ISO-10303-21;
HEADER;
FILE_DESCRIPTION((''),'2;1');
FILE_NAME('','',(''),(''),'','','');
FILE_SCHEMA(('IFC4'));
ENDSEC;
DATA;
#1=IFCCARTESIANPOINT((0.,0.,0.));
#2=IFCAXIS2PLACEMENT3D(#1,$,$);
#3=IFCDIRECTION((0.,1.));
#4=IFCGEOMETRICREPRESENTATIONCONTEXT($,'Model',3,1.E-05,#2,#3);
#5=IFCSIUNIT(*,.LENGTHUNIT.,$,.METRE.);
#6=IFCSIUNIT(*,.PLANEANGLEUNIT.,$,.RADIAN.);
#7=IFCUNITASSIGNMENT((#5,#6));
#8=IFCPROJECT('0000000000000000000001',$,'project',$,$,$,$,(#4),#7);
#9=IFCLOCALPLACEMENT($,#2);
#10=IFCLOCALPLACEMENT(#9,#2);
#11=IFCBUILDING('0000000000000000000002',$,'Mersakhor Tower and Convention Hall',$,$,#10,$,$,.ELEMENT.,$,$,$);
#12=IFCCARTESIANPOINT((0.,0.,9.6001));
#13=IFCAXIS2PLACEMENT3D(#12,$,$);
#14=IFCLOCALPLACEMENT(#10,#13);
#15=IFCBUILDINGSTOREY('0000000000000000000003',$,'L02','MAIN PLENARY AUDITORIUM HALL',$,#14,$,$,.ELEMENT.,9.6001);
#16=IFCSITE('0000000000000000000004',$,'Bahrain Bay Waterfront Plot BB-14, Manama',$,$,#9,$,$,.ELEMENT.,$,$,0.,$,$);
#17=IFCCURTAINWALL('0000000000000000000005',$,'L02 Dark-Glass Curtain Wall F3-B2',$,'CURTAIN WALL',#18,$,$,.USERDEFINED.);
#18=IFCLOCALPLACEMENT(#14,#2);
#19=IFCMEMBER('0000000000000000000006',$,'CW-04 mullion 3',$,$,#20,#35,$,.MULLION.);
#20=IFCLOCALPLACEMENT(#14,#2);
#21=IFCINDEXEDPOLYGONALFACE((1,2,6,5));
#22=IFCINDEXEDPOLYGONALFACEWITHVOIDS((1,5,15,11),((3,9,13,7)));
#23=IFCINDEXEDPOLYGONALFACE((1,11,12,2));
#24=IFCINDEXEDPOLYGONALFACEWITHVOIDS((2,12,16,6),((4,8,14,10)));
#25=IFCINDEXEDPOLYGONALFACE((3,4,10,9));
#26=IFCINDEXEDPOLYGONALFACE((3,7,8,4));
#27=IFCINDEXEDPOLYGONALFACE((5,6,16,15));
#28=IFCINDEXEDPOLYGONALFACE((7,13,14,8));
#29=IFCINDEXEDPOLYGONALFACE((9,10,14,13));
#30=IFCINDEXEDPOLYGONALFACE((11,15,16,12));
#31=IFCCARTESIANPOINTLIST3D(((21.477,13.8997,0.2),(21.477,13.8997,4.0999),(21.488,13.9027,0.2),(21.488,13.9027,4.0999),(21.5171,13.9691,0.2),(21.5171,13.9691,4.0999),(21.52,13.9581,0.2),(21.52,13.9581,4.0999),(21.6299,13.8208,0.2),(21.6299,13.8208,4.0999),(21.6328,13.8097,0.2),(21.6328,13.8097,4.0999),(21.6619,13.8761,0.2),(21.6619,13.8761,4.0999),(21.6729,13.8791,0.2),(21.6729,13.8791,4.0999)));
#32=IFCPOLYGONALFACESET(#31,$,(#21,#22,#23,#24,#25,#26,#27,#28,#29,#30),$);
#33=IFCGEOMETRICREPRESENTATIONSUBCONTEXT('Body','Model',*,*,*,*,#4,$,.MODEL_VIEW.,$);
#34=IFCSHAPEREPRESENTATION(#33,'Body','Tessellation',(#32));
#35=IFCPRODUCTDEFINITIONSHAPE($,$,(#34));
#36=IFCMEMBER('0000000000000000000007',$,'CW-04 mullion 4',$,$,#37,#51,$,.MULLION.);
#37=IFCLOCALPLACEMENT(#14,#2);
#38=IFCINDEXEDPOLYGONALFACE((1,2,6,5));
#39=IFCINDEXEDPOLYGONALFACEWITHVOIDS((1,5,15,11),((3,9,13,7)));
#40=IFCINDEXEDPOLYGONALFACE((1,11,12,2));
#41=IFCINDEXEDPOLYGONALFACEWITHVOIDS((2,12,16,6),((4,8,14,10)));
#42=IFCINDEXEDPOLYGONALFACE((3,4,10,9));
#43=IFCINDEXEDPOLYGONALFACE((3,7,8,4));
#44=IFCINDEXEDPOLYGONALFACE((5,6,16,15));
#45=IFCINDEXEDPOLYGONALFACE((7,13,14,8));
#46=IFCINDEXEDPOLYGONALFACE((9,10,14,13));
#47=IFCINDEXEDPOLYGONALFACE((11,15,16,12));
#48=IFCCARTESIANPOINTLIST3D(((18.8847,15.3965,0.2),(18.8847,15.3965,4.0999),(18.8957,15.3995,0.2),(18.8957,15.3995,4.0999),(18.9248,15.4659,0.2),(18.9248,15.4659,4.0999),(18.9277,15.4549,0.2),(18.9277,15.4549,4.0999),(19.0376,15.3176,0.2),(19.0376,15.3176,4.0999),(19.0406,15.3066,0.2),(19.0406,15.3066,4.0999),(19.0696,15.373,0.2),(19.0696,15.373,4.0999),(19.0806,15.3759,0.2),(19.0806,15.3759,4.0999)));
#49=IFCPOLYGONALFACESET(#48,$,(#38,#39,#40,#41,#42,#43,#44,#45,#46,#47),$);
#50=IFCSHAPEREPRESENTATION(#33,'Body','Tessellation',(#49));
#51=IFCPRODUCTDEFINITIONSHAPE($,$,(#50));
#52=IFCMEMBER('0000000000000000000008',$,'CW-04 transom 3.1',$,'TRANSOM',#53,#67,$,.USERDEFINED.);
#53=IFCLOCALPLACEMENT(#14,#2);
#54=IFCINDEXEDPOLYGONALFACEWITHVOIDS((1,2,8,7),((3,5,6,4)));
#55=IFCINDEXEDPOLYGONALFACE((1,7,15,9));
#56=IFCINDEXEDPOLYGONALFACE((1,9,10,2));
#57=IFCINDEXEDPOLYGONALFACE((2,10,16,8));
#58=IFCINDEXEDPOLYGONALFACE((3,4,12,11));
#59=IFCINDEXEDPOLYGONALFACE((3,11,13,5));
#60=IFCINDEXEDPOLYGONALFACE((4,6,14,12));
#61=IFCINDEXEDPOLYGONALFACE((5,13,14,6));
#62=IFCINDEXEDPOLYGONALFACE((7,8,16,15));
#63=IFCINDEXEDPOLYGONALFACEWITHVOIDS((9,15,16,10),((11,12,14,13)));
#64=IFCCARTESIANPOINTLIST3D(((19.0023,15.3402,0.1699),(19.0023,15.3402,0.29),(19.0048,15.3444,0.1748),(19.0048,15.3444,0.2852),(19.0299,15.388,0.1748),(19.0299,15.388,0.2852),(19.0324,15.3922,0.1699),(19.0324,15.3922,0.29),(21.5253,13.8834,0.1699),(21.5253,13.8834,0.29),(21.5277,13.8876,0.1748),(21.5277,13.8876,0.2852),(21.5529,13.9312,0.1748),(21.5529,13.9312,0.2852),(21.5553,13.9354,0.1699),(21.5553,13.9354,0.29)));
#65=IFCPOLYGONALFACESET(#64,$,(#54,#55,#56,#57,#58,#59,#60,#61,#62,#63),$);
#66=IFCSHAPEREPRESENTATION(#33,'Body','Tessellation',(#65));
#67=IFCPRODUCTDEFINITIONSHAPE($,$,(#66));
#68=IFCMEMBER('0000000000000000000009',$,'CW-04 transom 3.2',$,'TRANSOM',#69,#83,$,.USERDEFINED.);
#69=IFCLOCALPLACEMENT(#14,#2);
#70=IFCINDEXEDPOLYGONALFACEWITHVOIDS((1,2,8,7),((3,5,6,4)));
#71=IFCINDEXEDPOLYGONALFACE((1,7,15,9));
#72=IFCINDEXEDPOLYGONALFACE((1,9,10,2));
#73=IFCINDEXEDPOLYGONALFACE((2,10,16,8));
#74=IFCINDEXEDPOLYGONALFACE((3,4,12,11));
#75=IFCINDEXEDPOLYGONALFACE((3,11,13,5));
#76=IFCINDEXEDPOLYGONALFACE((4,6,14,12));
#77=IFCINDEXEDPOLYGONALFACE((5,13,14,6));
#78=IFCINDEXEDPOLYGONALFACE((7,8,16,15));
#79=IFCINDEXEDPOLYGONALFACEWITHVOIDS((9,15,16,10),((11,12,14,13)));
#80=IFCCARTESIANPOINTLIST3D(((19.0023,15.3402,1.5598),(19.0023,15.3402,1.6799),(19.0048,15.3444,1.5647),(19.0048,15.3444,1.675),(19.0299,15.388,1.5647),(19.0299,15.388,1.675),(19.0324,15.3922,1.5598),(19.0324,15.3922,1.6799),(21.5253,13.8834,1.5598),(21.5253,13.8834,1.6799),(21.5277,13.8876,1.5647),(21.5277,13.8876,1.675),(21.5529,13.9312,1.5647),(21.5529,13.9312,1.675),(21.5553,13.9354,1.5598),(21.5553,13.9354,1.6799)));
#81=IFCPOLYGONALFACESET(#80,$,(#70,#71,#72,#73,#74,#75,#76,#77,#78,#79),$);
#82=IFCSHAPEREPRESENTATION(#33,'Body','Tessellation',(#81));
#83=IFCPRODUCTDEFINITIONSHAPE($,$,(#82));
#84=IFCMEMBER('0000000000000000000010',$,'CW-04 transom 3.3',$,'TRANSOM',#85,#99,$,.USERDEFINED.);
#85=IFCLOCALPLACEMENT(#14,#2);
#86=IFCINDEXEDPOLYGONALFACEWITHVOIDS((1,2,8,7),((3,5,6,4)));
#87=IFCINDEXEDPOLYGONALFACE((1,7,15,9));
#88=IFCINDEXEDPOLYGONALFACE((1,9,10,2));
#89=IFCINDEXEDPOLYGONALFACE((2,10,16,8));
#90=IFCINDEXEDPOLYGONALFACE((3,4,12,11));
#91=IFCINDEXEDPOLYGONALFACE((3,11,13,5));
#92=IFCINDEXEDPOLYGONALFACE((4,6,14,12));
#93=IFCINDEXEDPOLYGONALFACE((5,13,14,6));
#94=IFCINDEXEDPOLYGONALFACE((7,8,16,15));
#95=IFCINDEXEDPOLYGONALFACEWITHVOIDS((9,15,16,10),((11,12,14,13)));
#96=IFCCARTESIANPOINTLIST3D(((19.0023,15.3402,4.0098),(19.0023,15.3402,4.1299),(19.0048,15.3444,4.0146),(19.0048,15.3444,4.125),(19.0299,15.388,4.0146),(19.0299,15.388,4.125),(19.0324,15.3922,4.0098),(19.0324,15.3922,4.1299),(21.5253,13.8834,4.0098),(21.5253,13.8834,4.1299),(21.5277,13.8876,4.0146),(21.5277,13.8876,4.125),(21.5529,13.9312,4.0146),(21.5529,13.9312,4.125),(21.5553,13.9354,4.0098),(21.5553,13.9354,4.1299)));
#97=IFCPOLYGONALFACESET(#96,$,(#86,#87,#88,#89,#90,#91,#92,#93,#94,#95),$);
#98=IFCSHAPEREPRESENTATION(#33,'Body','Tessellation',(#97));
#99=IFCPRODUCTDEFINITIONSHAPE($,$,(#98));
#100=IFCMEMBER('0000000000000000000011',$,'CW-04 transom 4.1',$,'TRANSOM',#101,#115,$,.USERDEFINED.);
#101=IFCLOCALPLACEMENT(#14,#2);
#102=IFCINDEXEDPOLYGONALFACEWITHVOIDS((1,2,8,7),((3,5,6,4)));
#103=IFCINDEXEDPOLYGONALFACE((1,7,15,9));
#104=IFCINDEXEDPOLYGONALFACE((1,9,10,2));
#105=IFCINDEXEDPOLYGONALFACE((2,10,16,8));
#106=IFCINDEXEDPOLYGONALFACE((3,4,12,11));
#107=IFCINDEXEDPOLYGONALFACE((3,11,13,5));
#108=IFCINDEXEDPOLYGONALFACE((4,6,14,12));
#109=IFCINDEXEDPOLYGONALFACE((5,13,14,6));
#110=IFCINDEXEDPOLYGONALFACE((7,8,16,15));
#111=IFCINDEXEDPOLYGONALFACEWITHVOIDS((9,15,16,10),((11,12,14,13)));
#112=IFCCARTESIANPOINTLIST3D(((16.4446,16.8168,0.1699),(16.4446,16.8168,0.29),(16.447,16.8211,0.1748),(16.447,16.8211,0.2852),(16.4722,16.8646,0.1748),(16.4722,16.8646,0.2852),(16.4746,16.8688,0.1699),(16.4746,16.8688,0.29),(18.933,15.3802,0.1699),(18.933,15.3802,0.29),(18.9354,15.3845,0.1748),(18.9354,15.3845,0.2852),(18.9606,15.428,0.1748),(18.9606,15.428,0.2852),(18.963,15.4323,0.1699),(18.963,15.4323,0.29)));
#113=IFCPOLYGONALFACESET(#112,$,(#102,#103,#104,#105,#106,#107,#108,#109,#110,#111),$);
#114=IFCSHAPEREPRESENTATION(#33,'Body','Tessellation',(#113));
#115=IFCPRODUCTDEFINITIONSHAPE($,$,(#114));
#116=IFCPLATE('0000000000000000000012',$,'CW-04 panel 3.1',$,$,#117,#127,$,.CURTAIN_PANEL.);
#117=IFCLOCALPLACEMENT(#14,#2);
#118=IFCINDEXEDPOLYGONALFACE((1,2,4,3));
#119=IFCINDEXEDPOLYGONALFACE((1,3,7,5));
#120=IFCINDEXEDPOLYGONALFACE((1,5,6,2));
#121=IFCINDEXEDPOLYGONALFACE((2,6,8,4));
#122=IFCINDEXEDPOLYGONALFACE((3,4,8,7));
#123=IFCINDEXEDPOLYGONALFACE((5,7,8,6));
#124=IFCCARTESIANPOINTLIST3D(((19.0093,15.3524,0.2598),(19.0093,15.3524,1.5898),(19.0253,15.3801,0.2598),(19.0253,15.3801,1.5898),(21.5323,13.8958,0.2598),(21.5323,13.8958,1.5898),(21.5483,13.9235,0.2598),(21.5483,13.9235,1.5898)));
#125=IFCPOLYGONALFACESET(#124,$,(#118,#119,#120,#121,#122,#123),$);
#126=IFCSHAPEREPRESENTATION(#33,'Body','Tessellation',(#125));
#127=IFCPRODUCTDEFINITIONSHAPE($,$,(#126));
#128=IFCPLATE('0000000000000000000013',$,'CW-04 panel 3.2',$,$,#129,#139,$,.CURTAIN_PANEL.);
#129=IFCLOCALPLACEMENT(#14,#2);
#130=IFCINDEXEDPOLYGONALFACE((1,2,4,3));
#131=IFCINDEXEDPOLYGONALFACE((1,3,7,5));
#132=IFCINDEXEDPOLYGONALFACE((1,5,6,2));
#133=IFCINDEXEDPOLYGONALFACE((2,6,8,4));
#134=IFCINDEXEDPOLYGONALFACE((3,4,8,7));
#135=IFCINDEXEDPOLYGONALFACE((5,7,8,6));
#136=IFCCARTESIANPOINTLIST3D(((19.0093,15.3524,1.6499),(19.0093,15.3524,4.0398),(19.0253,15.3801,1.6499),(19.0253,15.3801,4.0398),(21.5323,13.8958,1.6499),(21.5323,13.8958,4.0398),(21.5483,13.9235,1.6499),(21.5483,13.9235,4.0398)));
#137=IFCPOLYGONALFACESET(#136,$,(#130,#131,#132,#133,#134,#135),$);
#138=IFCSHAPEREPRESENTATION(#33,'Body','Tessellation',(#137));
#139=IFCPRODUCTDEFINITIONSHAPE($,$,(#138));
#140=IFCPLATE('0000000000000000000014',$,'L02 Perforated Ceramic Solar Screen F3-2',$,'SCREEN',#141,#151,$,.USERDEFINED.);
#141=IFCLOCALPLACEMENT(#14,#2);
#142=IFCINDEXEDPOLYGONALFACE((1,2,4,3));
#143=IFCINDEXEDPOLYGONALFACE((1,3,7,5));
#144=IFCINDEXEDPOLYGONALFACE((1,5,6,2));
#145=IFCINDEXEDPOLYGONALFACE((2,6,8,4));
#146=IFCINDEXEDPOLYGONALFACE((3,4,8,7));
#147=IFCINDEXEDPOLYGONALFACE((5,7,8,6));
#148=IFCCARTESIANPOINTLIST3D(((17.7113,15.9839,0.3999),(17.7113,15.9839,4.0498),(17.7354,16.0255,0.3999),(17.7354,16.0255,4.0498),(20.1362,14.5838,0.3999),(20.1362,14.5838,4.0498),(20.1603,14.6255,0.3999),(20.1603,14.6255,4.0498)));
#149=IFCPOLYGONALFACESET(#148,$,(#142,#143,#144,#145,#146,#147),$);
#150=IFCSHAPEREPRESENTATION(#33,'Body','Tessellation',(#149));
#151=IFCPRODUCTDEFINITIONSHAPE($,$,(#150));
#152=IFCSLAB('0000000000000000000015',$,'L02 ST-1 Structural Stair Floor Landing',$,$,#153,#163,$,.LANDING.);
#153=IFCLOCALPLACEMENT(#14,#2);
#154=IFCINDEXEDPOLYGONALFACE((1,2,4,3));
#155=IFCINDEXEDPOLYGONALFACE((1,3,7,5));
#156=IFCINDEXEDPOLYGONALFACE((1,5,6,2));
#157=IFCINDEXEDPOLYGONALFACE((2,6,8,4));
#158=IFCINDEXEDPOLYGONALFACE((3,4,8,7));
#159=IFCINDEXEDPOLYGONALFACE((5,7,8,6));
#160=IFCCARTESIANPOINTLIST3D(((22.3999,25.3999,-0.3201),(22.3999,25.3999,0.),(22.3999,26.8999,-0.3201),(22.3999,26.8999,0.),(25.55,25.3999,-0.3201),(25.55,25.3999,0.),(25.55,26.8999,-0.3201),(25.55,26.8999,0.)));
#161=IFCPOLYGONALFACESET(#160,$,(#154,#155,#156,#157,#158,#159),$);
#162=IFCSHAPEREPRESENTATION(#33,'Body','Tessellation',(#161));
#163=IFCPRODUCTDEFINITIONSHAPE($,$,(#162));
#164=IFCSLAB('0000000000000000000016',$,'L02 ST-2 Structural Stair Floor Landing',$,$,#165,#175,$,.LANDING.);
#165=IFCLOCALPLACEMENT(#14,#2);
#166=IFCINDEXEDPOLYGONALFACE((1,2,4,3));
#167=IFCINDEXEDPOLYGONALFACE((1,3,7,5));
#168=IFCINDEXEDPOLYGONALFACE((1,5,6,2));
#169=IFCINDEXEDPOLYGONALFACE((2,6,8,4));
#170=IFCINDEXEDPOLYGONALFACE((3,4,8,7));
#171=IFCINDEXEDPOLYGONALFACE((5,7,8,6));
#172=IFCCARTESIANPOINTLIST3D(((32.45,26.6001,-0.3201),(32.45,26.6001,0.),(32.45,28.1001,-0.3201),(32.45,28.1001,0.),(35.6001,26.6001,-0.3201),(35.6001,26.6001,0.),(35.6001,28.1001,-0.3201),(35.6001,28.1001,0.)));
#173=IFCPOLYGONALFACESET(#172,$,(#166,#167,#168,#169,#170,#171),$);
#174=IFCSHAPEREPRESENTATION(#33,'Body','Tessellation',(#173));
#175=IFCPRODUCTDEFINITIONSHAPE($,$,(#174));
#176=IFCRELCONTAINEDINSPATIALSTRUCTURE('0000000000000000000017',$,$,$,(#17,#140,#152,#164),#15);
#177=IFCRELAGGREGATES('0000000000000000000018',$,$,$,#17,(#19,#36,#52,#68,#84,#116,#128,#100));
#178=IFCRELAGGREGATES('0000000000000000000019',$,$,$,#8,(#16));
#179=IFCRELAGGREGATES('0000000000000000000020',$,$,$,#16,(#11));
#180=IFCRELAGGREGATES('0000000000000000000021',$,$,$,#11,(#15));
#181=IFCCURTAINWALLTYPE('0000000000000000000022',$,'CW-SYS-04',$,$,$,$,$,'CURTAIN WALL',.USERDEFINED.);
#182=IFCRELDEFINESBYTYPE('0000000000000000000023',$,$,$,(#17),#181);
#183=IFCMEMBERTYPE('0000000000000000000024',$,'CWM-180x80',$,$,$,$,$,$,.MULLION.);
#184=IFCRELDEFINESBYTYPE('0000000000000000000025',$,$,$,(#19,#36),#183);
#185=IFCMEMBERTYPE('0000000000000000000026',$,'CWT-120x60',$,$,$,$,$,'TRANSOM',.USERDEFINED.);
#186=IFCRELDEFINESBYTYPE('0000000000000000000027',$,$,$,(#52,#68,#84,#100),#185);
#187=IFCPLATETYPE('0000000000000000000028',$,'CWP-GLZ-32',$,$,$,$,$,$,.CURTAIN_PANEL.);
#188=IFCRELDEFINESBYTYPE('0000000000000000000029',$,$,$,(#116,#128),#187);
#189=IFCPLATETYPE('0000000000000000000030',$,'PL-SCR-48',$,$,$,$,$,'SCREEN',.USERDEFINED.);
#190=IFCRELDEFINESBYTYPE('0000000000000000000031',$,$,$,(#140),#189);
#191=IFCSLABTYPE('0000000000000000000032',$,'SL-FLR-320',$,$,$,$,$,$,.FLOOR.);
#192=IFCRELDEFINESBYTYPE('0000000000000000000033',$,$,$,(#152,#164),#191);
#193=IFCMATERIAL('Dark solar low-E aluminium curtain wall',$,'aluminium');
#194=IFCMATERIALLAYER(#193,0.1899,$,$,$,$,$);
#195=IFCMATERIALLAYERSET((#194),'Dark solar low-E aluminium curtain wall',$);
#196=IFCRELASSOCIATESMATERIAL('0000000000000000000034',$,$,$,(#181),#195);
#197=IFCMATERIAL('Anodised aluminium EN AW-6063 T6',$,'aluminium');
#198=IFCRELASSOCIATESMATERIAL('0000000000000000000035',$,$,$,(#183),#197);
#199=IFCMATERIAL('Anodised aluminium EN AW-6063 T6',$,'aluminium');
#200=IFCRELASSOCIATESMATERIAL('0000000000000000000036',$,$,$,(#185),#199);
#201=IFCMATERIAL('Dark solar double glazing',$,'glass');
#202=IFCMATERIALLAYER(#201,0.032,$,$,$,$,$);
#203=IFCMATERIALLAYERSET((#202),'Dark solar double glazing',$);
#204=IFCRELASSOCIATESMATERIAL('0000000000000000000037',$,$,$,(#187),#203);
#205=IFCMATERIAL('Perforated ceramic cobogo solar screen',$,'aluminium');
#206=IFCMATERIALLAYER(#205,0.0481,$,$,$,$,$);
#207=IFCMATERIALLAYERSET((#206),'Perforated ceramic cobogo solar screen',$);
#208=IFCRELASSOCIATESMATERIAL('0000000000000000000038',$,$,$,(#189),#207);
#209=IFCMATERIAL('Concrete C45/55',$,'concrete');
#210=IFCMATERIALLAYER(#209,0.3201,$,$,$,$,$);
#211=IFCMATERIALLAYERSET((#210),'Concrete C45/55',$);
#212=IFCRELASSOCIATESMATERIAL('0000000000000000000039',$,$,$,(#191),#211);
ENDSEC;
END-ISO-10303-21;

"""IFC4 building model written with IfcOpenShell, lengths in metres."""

from ifc_helpers import new_model, si_unit, direction, frame, origin, origin_2d, place, context, subcontext, project, spatial, polyline, rectangle, hollow_rectangle, outline, extrude, material, layer, layer_set, material_profile, profile_set, type_object, element, aggregate, save


model = new_model("IFC4")

# Units and contexts
model_context = context("Model", 3, precision=1e-05, world=origin(), true_north=direction((0.0, 1.0)))
body_context = subcontext(model_context, "Body", "Model", "MODEL_VIEW")
ifc_project = project(units=[si_unit("LENGTHUNIT", "METRE"), si_unit("PLANEANGLEUNIT", "RADIAN")], contexts=[model_context])

# Site, building, storey
site_placement = place(None, origin())
site = spatial("IfcSite", under=ifc_project, at=site_placement, Name="Bahrain Bay Waterfront Plot BB-14, Manama", CompositionType="ELEMENT", RefElevation=0.0)
building_placement = place(site_placement, origin())
building = spatial("IfcBuilding", under=site, at=building_placement, Name="Mersakhor Tower and Convention Hall", CompositionType="ELEMENT")
storey_placement = place(building_placement, frame((0.0, 0.0, 9.6001)))
storey = spatial("IfcBuildingStorey", under=building, at=storey_placement, Name="L02", Description="MAIN PLENARY AUDITORIUM HALL", CompositionType="ELEMENT", Elevation=9.6001)

# Curtain wall, members, plates
ifc_material_1 = material(Name="Dark solar low-E aluminium curtain wall", Category="aluminium")
ifc_layer_1 = layer(ifc_material_1, 0.1899)
ifc_layer_set_1 = layer_set([ifc_layer_1], Name="Dark solar low-E aluminium curtain wall")
curtain_wall_type = type_object("IfcCurtainWallType", Name="CW-SYS-04", ElementType="CURTAIN WALL", PredefinedType="USERDEFINED", material=ifc_layer_set_1)
curtain_wall_placement = place(storey_placement, origin())
curtain_wall = element("IfcCurtainWall", 1, at=curtain_wall_placement, inside=storey, type_object=curtain_wall_type, Name="L02 Dark-Glass Curtain Wall F3-B2", ObjectType="CURTAIN WALL", PredefinedType="USERDEFINED")
ifc_material_2 = material(Name="Anodised aluminium EN AW-6063 T6", Category="aluminium")
ifc_material_profile_1 = material_profile(ifc_material_2, hollow_rectangle(XDim=0.0801, YDim=0.1799, WallThickness=0.0081, at=origin_2d()), Name="RHS 180x80x8")
ifc_profile_set_1 = profile_set([ifc_material_profile_1], Name="Anodised aluminium EN AW-6063 T6")
member_type_1 = type_object("IfcMemberType", Name="CWM-180x80", PredefinedType="MULLION", material=ifc_profile_set_1)
member_1_placement = place(storey_placement, frame((21.575, 13.8894, 0.2), z_axis=(0.0, 0.0, 1.0), x_axis=(-0.500003, -0.866023, 0.0)))
member_1 = element("IfcMember", 2, at=member_1_placement, type_object=member_type_1, Name="CW-04 mullion 3", PredefinedType="MULLION", context=body_context, shape_type="SweptSolid", body=[
    extrude(hollow_rectangle(XDim=0.0801, YDim=0.1799, WallThickness=0.0081, at=origin_2d()), origin(), (0.0, 0.0, 1.0), 3.8999),
])
member_2_placement = place(storey_placement, frame((18.9827, 15.3862, 0.2), z_axis=(0.0, 0.0, 1.0), x_axis=(-0.500003, -0.866023, 0.0)))
member_2 = element("IfcMember", 3, at=member_2_placement, type_object=member_type_1, Name="CW-04 mullion 4", PredefinedType="MULLION", context=body_context, shape_type="SweptSolid", body=[
    extrude(hollow_rectangle(XDim=0.0801, YDim=0.1799, WallThickness=0.0081, at=origin_2d()), origin(), (0.0, 0.0, 1.0), 3.8999),
])
ifc_material_3 = material(Name="Anodised aluminium EN AW-6063 T6", Category="aluminium")
ifc_material_profile_2 = material_profile(ifc_material_3, hollow_rectangle(XDim=0.0601, YDim=0.1201, WallThickness=0.0049, at=origin_2d()), Name="RHS 120x60x5")
ifc_profile_set_2 = profile_set([ifc_material_profile_2], Name="Anodised aluminium EN AW-6063 T6")
member_type_2 = type_object("IfcMemberType", Name="CWT-120x60", ElementType="TRANSOM", PredefinedType="USERDEFINED", material=ifc_profile_set_2)
member_3_placement = place(storey_placement, frame((21.5403, 13.9094, 0.23), z_axis=(-0.866001, 0.500042, 0.0), x_axis=(-0.500042, -0.866001, 0.0)))
member_3 = element("IfcMember", 4, at=member_3_placement, type_object=member_type_2, Name="CW-04 transom 3.1", ObjectType="TRANSOM", PredefinedType="USERDEFINED", context=body_context, shape_type="SweptSolid", body=[
    extrude(hollow_rectangle(XDim=0.0601, YDim=0.1201, WallThickness=0.0049, at=origin_2d()), origin(), (0.0, 0.0, 1.0), 2.9133),
])
member_4_placement = place(storey_placement, frame((21.5403, 13.9094, 1.6199), z_axis=(-0.866001, 0.500042, 0.0), x_axis=(-0.500042, -0.866001, 0.0)))
member_4 = element("IfcMember", 5, at=member_4_placement, type_object=member_type_2, Name="CW-04 transom 3.2", ObjectType="TRANSOM", PredefinedType="USERDEFINED", context=body_context, shape_type="SweptSolid", body=[
    extrude(hollow_rectangle(XDim=0.0601, YDim=0.1201, WallThickness=0.0049, at=origin_2d()), origin(), (0.0, 0.0, 1.0), 2.9133),
])
member_5_placement = place(storey_placement, frame((21.5403, 13.9094, 4.0698), z_axis=(-0.866001, 0.500042, 0.0), x_axis=(-0.500042, -0.866001, 0.0)))
member_5 = element("IfcMember", 6, at=member_5_placement, type_object=member_type_2, Name="CW-04 transom 3.3", ObjectType="TRANSOM", PredefinedType="USERDEFINED", context=body_context, shape_type="SweptSolid", body=[
    extrude(hollow_rectangle(XDim=0.0601, YDim=0.1201, WallThickness=0.0049, at=origin_2d()), origin(), (0.0, 0.0, 1.0), 2.9133),
])
member_6_placement = place(storey_placement, frame((18.948, 15.4062, 0.23), z_axis=(-0.866038, 0.499977, 0.0), x_axis=(-0.499977, -0.866038, 0.0)))
member_6 = element("IfcMember", 7, at=member_6_placement, type_object=member_type_2, Name="CW-04 transom 4.1", ObjectType="TRANSOM", PredefinedType="USERDEFINED", context=body_context, shape_type="SweptSolid", body=[
    extrude(hollow_rectangle(XDim=0.0601, YDim=0.1201, WallThickness=0.0049, at=origin_2d()), origin(), (0.0, 0.0, 1.0), 2.8733),
])
ifc_material_4 = material(Name="Dark solar double glazing", Category="glass")
ifc_layer_2 = layer(ifc_material_4, 0.032)
ifc_layer_set_2 = layer_set([ifc_layer_2], Name="Dark solar double glazing")
plate_type_1 = type_object("IfcPlateType", Name="CWP-GLZ-32", PredefinedType="CURTAIN_PANEL", material=ifc_layer_set_2)
plate_1_placement = place(storey_placement, frame((20.2788, 14.6379, 0.2598), z_axis=(0.0, 0.0, 1.0), x_axis=(-0.866023, 0.500003, 0.0)))
plate_1 = element("IfcPlate", 8, at=plate_1_placement, type_object=plate_type_1, Name="CW-04 panel 3.1", PredefinedType="CURTAIN_PANEL", context=body_context, shape_type="SweptSolid", body=[
    extrude(rectangle(XDim=2.9133, YDim=0.032, at=origin_2d()), origin(), (0.0, 0.0, 1.0), 1.3301),
])
plate_2_placement = place(storey_placement, frame((20.2788, 14.6379, 1.6499), z_axis=(0.0, 0.0, 1.0), x_axis=(-0.866023, 0.500003, 0.0)))
plate_2 = element("IfcPlate", 9, at=plate_2_placement, type_object=plate_type_1, Name="CW-04 panel 3.2", PredefinedType="CURTAIN_PANEL", context=body_context, shape_type="SweptSolid", body=[
    extrude(rectangle(XDim=2.9133, YDim=0.032, at=origin_2d()), origin(), (0.0, 0.0, 1.0), 2.3899),
])
aggregate(curtain_wall, [member_1, member_2, member_3, member_4, member_5, plate_1, plate_2, member_6])

# Plate
ifc_material_5 = material(Name="Perforated ceramic cobogo solar screen", Category="aluminium")
ifc_layer_3 = layer(ifc_material_5, 0.0481)
ifc_layer_set_3 = layer_set([ifc_layer_3], Name="Perforated ceramic cobogo solar screen")
plate_type_2 = type_object("IfcPlateType", Name="PL-SCR-48", ElementType="SCREEN", PredefinedType="USERDEFINED", material=ifc_layer_set_3)
plate_3_placement = place(storey_placement, frame((18.9358, 15.3047, 0.3999), z_axis=(0.0, 0.0, 1.0), x_axis=(-0.866025, 0.5, 0.0)))
element("IfcPlate", 10, at=plate_3_placement, inside=storey, type_object=plate_type_2, Name="L02 Perforated Ceramic Solar Screen F3-2", ObjectType="SCREEN", PredefinedType="USERDEFINED", context=body_context, shape_type="SweptSolid", body=[
    extrude(rectangle(XDim=2.8, YDim=0.0481, at=origin_2d()), origin(), (0.0, 0.0, 1.0), 3.6499),
])

# Slabs
ifc_material_6 = material(Name="Concrete C45/55", Category="concrete")
ifc_layer_4 = layer(ifc_material_6, 0.3201)
ifc_layer_set_4 = layer_set([ifc_layer_4], Name="Concrete C45/55")
slab_type_1 = type_object("IfcSlabType", Name="SL-FLR-320", PredefinedType="FLOOR", material=ifc_layer_set_4)
slab_1_placement = place(storey_placement, frame((0.0, 0.0, -0.3201)))
element("IfcSlab", 11, at=slab_1_placement, inside=storey, type_object=slab_type_1, Name="L02 ST-1 Structural Stair Floor Landing", PredefinedType="LANDING", context=body_context, shape_type="SweptSolid", body=[
    extrude(outline(polyline([(25.55, 25.3999), (25.55, 26.8999), (22.3999, 26.8999), (22.3999, 25.3999), (25.55, 25.3999)])), origin(), (0.0, 0.0, 1.0), 0.3201),
])
slab_2_placement = place(storey_placement, frame((0.0, 0.0, -0.3201)))
element("IfcSlab", 12, at=slab_2_placement, inside=storey, type_object=slab_type_1, Name="L02 ST-2 Structural Stair Floor Landing", PredefinedType="LANDING", context=body_context, shape_type="SweptSolid", body=[
    extrude(outline(polyline([(32.45, 28.1001), (32.45, 26.6001), (35.6001, 26.6001), (35.6001, 28.1001), (32.45, 28.1001)])), origin(), (0.0, 0.0, 1.0), 0.3201),
])

save(model, "model.ifc")
